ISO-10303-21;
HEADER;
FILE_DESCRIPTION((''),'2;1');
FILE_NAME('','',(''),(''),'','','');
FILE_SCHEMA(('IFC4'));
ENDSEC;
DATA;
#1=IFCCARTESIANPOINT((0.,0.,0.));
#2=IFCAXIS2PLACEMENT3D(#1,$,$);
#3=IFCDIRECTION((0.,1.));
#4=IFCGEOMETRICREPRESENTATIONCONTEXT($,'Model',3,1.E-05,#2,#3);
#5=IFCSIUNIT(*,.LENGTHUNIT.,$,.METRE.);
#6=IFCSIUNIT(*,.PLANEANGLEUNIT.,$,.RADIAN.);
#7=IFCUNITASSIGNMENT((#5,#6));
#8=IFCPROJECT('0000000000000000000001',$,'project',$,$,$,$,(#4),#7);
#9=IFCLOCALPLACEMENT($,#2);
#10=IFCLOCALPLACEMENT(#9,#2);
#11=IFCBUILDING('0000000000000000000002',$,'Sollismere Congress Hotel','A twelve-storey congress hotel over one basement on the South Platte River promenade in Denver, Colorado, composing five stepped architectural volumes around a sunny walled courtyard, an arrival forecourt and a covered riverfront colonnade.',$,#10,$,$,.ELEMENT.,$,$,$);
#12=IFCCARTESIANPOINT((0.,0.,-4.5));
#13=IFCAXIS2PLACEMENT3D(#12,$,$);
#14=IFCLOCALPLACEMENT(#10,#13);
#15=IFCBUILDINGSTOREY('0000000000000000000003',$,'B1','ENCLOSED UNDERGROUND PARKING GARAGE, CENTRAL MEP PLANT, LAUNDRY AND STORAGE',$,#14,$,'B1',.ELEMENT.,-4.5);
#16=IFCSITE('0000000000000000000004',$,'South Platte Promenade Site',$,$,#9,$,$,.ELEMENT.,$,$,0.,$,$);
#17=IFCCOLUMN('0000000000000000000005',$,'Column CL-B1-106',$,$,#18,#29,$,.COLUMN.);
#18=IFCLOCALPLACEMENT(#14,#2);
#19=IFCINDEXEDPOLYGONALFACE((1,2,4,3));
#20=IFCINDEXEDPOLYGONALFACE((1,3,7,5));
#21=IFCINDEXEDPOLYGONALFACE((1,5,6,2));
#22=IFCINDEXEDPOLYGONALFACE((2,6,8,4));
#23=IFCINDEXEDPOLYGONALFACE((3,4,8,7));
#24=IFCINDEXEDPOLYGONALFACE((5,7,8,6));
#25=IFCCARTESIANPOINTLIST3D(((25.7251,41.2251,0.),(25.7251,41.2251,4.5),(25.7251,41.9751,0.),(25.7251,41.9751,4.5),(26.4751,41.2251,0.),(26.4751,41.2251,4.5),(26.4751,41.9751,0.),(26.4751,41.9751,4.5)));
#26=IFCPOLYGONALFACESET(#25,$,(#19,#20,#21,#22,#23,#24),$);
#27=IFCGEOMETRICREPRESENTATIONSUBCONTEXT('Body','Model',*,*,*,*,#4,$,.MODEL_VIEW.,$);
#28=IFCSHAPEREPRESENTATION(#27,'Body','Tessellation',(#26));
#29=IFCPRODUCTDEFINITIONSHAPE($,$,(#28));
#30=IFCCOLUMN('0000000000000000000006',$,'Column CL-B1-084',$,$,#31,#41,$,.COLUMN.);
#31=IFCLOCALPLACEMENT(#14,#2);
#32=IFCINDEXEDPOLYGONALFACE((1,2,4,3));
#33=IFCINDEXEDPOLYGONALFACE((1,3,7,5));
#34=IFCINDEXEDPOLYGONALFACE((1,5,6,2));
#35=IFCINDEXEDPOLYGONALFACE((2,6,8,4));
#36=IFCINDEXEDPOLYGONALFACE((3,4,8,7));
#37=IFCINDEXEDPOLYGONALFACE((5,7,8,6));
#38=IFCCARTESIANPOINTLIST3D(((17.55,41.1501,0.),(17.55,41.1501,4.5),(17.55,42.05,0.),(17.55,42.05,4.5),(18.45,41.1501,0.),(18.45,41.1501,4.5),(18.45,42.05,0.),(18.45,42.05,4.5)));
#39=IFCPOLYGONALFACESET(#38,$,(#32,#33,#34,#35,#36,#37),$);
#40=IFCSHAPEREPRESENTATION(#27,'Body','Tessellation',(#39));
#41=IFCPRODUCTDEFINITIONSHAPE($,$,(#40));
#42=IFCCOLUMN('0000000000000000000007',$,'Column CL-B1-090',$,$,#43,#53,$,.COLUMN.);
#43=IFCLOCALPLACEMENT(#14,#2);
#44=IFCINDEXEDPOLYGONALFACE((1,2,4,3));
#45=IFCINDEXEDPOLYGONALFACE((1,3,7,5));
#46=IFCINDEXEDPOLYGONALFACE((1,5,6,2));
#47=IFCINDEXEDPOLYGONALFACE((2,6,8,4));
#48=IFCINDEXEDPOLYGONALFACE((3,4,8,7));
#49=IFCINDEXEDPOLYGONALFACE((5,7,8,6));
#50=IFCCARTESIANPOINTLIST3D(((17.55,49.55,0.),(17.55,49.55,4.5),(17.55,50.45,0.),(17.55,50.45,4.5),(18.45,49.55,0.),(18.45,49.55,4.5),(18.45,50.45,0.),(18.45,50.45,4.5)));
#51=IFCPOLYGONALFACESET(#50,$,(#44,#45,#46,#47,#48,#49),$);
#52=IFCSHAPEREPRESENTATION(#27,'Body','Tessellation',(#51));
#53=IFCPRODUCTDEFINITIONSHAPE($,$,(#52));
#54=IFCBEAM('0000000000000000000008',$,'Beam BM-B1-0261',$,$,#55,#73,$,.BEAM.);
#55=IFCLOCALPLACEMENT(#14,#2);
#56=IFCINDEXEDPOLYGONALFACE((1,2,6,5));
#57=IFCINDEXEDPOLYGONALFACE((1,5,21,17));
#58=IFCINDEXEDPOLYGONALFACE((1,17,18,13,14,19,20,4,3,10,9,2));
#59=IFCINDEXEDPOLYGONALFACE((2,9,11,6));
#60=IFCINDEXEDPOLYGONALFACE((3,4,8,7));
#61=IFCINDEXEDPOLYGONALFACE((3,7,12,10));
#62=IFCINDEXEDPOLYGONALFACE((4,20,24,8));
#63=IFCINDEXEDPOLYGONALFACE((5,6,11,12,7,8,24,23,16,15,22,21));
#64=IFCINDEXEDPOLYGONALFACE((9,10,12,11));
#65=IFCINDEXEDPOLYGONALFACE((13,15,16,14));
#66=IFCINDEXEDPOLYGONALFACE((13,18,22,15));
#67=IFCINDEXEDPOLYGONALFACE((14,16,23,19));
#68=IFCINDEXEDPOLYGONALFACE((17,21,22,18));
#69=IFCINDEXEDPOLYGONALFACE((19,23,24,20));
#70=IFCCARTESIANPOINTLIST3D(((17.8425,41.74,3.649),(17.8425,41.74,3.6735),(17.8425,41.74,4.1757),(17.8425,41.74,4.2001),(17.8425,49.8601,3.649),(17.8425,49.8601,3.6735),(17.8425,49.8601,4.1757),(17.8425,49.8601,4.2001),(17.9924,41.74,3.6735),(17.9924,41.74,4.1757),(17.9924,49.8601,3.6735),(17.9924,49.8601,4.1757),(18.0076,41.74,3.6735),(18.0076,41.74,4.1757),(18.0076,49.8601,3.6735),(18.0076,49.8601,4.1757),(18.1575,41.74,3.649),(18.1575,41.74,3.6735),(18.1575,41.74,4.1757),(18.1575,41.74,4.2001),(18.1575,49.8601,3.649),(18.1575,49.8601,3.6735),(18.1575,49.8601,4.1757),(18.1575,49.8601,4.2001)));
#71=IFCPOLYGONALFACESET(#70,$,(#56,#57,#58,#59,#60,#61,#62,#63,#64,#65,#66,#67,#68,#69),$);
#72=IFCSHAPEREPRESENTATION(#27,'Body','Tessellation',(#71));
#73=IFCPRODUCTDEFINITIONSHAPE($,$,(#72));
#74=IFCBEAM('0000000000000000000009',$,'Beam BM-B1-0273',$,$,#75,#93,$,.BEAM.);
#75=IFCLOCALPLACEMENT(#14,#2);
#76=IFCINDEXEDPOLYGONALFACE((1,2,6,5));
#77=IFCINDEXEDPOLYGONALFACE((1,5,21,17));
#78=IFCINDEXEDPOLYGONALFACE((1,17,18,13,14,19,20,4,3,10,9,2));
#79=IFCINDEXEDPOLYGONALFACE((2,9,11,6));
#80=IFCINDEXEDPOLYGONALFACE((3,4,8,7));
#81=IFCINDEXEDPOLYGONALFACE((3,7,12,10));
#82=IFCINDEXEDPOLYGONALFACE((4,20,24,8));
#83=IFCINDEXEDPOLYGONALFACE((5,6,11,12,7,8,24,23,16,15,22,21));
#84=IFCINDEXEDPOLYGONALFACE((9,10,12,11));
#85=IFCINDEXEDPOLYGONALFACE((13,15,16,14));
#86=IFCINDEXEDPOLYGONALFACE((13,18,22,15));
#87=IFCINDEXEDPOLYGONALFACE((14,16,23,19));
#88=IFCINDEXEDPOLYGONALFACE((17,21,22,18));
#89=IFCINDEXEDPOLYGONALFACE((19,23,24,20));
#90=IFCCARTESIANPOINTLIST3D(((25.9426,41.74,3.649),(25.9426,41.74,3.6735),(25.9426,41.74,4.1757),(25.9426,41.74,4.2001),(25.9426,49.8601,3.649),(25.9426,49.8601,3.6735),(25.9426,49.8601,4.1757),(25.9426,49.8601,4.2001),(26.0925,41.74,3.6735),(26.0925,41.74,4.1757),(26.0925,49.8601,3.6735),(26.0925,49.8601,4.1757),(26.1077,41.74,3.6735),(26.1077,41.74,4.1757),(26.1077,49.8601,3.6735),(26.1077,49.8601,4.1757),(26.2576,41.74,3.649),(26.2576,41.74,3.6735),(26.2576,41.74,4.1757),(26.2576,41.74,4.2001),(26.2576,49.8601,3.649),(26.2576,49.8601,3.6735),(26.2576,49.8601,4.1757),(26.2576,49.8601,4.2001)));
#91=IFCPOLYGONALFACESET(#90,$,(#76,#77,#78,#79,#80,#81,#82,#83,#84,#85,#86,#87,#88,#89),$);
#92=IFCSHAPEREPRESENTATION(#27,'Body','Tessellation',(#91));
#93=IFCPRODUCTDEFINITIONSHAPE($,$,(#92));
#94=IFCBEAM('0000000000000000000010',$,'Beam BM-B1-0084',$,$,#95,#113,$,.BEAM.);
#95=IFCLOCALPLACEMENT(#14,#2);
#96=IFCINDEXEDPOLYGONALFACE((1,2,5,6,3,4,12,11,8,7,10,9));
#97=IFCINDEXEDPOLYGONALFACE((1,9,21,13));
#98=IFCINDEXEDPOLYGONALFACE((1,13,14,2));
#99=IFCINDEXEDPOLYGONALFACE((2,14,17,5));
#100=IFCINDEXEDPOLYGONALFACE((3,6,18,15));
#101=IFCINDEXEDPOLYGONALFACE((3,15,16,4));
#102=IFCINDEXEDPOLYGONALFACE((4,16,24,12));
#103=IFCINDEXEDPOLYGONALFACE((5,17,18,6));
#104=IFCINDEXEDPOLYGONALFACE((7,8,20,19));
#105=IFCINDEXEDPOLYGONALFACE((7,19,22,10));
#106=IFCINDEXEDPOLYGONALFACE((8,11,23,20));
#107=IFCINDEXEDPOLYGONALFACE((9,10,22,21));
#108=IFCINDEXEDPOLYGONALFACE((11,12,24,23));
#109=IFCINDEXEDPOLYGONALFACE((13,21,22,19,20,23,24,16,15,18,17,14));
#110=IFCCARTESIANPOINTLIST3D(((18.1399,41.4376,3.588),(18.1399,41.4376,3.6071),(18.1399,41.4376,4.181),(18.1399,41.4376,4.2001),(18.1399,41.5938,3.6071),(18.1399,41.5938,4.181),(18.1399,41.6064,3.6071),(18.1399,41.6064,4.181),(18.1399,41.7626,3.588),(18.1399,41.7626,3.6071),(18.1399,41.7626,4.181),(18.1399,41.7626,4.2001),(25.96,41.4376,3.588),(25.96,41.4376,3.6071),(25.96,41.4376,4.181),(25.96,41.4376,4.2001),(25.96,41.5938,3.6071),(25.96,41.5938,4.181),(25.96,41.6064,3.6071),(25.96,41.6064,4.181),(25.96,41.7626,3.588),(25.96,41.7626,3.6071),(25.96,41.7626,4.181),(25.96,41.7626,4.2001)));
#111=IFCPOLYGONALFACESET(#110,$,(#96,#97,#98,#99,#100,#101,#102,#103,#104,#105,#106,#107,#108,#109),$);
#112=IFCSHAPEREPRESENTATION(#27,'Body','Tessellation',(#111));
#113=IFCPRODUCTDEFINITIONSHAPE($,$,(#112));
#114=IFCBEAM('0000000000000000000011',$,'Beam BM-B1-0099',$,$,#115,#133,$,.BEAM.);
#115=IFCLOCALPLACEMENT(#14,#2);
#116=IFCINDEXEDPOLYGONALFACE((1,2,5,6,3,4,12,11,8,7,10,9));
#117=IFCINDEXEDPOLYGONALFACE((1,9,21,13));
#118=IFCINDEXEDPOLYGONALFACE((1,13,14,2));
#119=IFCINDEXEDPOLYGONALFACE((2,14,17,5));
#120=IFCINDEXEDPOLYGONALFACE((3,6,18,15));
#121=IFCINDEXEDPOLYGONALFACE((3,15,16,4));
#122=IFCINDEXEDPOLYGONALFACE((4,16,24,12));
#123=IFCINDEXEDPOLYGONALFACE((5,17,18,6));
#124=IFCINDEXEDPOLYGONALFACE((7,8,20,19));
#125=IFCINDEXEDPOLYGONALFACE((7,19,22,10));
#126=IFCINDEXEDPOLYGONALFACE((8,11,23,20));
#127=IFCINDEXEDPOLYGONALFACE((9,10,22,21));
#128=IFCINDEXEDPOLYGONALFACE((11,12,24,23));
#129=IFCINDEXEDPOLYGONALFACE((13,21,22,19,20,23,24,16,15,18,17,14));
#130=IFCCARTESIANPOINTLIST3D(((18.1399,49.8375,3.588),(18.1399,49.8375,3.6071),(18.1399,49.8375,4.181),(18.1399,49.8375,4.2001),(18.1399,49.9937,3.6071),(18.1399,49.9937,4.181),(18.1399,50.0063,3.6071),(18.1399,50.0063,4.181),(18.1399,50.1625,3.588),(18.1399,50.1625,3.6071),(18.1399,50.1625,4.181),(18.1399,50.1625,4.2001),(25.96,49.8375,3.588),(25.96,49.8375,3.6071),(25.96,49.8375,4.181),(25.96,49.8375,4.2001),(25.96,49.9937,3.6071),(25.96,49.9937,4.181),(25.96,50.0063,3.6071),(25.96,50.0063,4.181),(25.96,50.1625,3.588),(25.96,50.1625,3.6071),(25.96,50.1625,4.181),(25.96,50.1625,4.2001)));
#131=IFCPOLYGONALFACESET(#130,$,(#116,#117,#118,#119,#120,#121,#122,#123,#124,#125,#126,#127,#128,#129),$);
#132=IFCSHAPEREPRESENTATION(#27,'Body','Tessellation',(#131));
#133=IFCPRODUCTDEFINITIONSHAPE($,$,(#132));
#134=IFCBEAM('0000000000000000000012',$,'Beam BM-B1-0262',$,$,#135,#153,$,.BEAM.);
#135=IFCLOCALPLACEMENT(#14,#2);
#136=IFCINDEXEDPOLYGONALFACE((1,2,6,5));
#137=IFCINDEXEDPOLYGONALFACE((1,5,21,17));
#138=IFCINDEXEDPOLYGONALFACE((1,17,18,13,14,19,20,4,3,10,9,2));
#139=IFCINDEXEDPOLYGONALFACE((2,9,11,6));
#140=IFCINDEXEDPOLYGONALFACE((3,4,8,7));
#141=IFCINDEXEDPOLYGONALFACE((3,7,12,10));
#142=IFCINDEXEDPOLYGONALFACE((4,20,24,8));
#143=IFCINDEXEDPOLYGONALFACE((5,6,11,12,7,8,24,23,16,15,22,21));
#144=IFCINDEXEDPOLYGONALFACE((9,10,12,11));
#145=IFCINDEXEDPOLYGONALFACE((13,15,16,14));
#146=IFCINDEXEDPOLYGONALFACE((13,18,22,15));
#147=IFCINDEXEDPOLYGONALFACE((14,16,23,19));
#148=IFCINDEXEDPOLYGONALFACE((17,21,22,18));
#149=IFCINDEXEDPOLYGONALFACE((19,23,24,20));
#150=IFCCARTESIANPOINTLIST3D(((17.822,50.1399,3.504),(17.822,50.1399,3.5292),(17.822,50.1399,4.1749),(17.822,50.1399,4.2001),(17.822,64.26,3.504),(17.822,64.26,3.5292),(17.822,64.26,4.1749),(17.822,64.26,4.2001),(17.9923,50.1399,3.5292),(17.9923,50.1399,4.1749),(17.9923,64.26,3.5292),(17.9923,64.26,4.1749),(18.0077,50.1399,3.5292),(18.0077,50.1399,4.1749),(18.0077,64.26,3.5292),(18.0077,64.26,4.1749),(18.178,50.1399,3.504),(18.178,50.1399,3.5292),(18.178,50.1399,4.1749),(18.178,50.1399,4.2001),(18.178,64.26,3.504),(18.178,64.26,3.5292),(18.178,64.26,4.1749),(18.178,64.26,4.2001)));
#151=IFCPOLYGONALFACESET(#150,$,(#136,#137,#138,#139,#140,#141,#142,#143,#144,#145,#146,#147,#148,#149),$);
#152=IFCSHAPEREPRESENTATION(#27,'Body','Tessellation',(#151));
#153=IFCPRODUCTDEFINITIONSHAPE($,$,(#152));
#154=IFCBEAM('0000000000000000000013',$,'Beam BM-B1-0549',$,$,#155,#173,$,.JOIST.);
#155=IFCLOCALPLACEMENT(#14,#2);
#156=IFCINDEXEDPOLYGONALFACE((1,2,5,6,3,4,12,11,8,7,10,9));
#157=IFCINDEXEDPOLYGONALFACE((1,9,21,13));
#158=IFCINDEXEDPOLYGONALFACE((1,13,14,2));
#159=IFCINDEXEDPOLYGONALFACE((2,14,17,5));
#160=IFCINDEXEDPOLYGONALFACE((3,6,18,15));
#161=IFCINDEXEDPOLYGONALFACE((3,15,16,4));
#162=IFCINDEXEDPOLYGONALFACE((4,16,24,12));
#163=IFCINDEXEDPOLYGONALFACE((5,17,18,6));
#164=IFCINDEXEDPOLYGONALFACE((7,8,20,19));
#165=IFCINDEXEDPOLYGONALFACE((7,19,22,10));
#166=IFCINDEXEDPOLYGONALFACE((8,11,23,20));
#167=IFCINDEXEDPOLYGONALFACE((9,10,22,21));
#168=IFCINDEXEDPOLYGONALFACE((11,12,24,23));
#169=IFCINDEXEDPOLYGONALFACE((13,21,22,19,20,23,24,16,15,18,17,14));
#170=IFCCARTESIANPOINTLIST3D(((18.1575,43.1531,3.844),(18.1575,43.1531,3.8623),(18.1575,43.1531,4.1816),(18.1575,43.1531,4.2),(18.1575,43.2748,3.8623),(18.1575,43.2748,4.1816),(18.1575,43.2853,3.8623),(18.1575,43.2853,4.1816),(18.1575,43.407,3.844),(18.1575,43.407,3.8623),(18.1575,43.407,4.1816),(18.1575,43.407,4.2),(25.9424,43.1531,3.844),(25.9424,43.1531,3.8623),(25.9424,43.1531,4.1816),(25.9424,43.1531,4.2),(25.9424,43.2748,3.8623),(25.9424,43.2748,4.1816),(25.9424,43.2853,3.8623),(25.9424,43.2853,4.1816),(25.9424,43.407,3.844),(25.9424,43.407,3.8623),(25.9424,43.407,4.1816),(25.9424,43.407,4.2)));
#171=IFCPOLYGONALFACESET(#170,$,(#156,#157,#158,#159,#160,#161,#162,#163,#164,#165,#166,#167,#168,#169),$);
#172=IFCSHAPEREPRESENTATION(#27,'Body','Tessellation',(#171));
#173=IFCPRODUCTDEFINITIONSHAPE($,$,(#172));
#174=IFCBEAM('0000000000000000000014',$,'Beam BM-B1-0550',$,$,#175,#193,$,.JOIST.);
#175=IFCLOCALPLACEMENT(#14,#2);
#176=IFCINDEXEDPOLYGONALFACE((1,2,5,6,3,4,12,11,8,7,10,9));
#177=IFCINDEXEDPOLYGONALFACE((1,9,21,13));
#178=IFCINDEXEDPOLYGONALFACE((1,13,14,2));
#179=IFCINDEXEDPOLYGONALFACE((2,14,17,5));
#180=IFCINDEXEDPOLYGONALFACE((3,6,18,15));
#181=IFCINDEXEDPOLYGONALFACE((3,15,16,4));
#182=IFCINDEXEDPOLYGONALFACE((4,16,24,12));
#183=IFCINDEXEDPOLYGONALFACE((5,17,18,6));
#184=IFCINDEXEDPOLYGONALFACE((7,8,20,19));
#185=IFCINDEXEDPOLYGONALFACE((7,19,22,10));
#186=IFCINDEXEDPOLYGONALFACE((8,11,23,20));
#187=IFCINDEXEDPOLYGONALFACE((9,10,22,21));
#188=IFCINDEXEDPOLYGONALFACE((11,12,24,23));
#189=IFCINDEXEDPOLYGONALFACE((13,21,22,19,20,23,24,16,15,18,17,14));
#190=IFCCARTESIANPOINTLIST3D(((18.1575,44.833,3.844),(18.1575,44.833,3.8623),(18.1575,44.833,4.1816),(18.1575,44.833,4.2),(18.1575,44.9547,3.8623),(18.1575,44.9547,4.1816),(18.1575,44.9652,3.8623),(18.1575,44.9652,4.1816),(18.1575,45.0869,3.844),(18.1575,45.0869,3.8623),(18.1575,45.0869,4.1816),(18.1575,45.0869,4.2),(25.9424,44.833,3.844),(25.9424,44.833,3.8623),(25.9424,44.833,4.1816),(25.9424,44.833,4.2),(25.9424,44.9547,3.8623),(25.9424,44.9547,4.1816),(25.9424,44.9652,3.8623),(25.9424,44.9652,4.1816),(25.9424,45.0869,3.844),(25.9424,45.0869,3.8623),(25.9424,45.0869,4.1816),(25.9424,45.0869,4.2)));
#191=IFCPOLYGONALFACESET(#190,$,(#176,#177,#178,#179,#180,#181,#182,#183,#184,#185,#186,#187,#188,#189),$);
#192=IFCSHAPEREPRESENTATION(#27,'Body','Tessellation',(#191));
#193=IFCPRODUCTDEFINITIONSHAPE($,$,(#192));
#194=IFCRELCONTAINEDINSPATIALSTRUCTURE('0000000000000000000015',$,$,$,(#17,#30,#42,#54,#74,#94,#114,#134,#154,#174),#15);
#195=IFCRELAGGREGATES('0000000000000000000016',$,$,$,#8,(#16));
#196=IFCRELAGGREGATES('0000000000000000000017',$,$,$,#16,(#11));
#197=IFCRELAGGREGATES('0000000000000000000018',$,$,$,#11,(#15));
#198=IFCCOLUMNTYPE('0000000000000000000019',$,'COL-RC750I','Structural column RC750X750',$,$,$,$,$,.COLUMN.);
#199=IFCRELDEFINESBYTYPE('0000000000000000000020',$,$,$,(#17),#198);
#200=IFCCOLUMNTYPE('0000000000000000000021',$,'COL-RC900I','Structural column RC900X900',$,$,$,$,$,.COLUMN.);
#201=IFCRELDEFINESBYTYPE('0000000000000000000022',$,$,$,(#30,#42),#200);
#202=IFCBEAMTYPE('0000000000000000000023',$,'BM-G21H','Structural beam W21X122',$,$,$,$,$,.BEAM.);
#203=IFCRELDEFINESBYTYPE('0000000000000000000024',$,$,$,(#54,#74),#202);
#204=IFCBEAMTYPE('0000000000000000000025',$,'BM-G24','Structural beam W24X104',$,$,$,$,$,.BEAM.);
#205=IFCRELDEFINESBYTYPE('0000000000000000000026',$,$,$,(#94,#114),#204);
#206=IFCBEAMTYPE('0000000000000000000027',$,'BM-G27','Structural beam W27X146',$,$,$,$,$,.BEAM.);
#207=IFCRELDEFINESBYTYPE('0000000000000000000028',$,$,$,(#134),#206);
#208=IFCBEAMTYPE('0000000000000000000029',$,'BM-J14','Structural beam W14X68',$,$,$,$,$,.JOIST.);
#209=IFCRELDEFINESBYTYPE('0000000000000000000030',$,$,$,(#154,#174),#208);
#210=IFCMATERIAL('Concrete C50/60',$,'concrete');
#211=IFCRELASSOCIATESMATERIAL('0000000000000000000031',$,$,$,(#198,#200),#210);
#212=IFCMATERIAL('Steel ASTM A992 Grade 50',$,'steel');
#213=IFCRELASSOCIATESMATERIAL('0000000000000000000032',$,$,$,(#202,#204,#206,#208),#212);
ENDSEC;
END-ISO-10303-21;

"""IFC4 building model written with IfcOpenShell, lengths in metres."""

from ifc_helpers import new_model, si_unit, direction, frame, origin, origin_2d, place, context, subcontext, project, spatial, rectangle, i_section, extrude, material, material_profile, profile_set, type_object, element, save


model = new_model("IFC4")

# Units and contexts
model_context = context("Model", 3, precision=1e-05, world=origin(), true_north=direction((0.0, 1.0)))
body_context = subcontext(model_context, "Body", "Model", "MODEL_VIEW")
ifc_project = project(units=[si_unit("LENGTHUNIT", "METRE"), si_unit("PLANEANGLEUNIT", "RADIAN")], contexts=[model_context])

# Site, building, storey
site_placement = place(None, origin())
site = spatial("IfcSite", under=ifc_project, at=site_placement, Name="South Platte Promenade Site", CompositionType="ELEMENT", RefElevation=0.0)
building_placement = place(site_placement, origin())
building = spatial("IfcBuilding", under=site, at=building_placement, Name="Sollismere Congress Hotel", Description="A twelve-storey congress hotel over one basement on the South Platte River promenade in Denver, Colorado, composing five stepped architectural volumes around a sunny walled courtyard, an arrival forecourt and a covered riverfront colonnade.", CompositionType="ELEMENT")
storey_placement = place(building_placement, frame((0.0, 0.0, -4.5)))
storey = spatial("IfcBuildingStorey", under=building, at=storey_placement, Name="B1", Description="ENCLOSED UNDERGROUND PARKING GARAGE, CENTRAL MEP PLANT, LAUNDRY AND STORAGE", LongName="B1", CompositionType="ELEMENT", Elevation=-4.5)

# Columns
ifc_material_1 = material(Name="Concrete C50/60", Category="concrete")
ifc_material_profile_1 = material_profile(ifc_material_1, rectangle(XDim=0.75, YDim=0.75, at=origin_2d()), Name="RC750X750")
ifc_profile_set_1 = profile_set([ifc_material_profile_1], Name="Concrete C50/60")
column_type_1 = type_object("IfcColumnType", Name="COL-RC750I", Description="Structural column RC750X750", PredefinedType="COLUMN", material=ifc_profile_set_1)
column_placement = place(storey_placement, frame((26.1001, 41.6001, 0.0), z_axis=(0.0, 0.0, 1.0), x_axis=(1.0, 0.0, 0.0)))
element("IfcColumn", 1, at=column_placement, inside=storey, type_object=column_type_1, Name="Column CL-B1-106", PredefinedType="COLUMN", context=body_context, shape_type="SweptSolid", body=[
    extrude(rectangle(XDim=0.75, YDim=0.75, at=origin_2d()), origin(), (0.0, 0.0, 1.0), 4.5),
])
ifc_material_profile_2 = material_profile(ifc_material_1, rectangle(XDim=0.8999, YDim=0.8999, at=origin_2d()), Name="RC900X900")
ifc_profile_set_2 = profile_set([ifc_material_profile_2], Name="Concrete C50/60")
column_type_2 = type_object("IfcColumnType", Name="COL-RC900I", Description="Structural column RC900X900", PredefinedType="COLUMN", material=ifc_profile_set_2)
for number, where, z_axis, x_axis, name in (
    (2, (18.0, 41.6001, 0.0), (0.0, 0.0, 1.0), (1.0, 0.0, 0.0), "Column CL-B1-084"),
    (3, (18.0, 50.0, 0.0), (0.0, 0.0, 1.0), (1.0, 0.0, 0.0), "Column CL-B1-090"),
):
    element("IfcColumn", number, at=place(storey_placement, frame(where, z_axis=z_axis, x_axis=x_axis)), inside=storey, type_object=column_type_2, Name=name, PredefinedType="COLUMN", context=body_context, shape_type="SweptSolid", body=[
        extrude(rectangle(XDim=0.8999, YDim=0.8999, at=origin_2d()), origin(), (0.0, 0.0, 1.0), 4.5),
    ])

# Beams
ifc_material_2 = material(Name="Steel ASTM A992 Grade 50", Category="steel")
ifc_material_profile_3 = material_profile(ifc_material_2, i_section(OverallWidth=0.3149, OverallDepth=0.551, WebThickness=0.0151, FlangeThickness=0.0244, at=origin_2d()), Name="W21X122")
ifc_profile_set_3 = profile_set([ifc_material_profile_3], Name="Steel ASTM A992 Grade 50")
beam_type_1 = type_object("IfcBeamType", Name="BM-G21H", Description="Structural beam W21X122", PredefinedType="BEAM", material=ifc_profile_set_3)
for number, where, z_axis, x_axis, name in (
    (4, (18.0, 41.74, 3.9246), (0.0, 1.0, 0.0), (-1.0, 0.0, 0.0), "Beam BM-B1-0261"),
    (5, (26.1001, 41.74, 3.9246), (0.0, 1.0, 0.0), (-1.0, 0.0, 0.0), "Beam BM-B1-0273"),
):
    element("IfcBeam", number, at=place(storey_placement, frame(where, z_axis=z_axis, x_axis=x_axis)), inside=storey, type_object=beam_type_1, Name=name, PredefinedType="BEAM", context=body_context, shape_type="SweptSolid", body=[
        extrude(i_section(OverallWidth=0.3149, OverallDepth=0.551, WebThickness=0.0151, FlangeThickness=0.0244, at=origin_2d()), origin(), (0.0, 0.0, 1.0), 8.1201),
    ])
ifc_material_profile_4 = material_profile(ifc_material_2, i_section(OverallWidth=0.325, OverallDepth=0.6121, WebThickness=0.0127, FlangeThickness=0.019, at=origin_2d()), Name="W24X104")
ifc_profile_set_4 = profile_set([ifc_material_profile_4], Name="Steel ASTM A992 Grade 50")
beam_type_2 = type_object("IfcBeamType", Name="BM-G24", Description="Structural beam W24X104", PredefinedType="BEAM", material=ifc_profile_set_4)
for number, where, z_axis, x_axis, name in (
    (6, (18.1399, 41.6001, 3.894), (1.0, 0.0, 0.0), (0.0, 1.0, 0.0), "Beam BM-B1-0084"),
    (7, (18.1399, 50.0, 3.894), (1.0, 0.0, 0.0), (0.0, 1.0, 0.0), "Beam BM-B1-0099"),
):
    element("IfcBeam", number, at=place(storey_placement, frame(where, z_axis=z_axis, x_axis=x_axis)), inside=storey, type_object=beam_type_2, Name=name, PredefinedType="BEAM", context=body_context, shape_type="SweptSolid", body=[
        extrude(i_section(OverallWidth=0.325, OverallDepth=0.6121, WebThickness=0.0127, FlangeThickness=0.019, at=origin_2d()), origin(), (0.0, 0.0, 1.0), 7.8201),
    ])
ifc_material_profile_5 = material_profile(ifc_material_2, i_section(OverallWidth=0.356, OverallDepth=0.696, WebThickness=0.0154, FlangeThickness=0.0251, at=origin_2d()), Name="W27X146")
ifc_profile_set_5 = profile_set([ifc_material_profile_5], Name="Steel ASTM A992 Grade 50")
beam_type_3 = type_object("IfcBeamType", Name="BM-G27", Description="Structural beam W27X146", PredefinedType="BEAM", material=ifc_profile_set_5)
beam_placement = place(storey_placement, frame((18.0, 50.1399, 3.8521), z_axis=(0.0, 1.0, 0.0), x_axis=(-1.0, 0.0, 0.0)))
element("IfcBeam", 8, at=beam_placement, inside=storey, type_object=beam_type_3, Name="Beam BM-B1-0262", PredefinedType="BEAM", context=body_context, shape_type="SweptSolid", body=[
    extrude(i_section(OverallWidth=0.356, OverallDepth=0.696, WebThickness=0.0154, FlangeThickness=0.0251, at=origin_2d()), origin(), (0.0, 0.0, 1.0), 14.1201),
])
ifc_material_profile_6 = material_profile(ifc_material_2, i_section(OverallWidth=0.2539, OverallDepth=0.356, WebThickness=0.0105, FlangeThickness=0.0183, at=origin_2d()), Name="W14X68")
ifc_profile_set_6 = profile_set([ifc_material_profile_6], Name="Steel ASTM A992 Grade 50")
beam_type_4 = type_object("IfcBeamType", Name="BM-J14", Description="Structural beam W14X68", PredefinedType="JOIST", material=ifc_profile_set_6)
for number, where, z_axis, x_axis, name in (
    (9, (18.1575, 43.28, 4.022), (1.0, 0.0, 0.0), (0.0, 1.0, 0.0), "Beam BM-B1-0549"),
    (10, (18.1575, 44.96, 4.022), (1.0, 0.0, 0.0), (0.0, 1.0, 0.0), "Beam BM-B1-0550"),
):
    element("IfcBeam", number, at=place(storey_placement, frame(where, z_axis=z_axis, x_axis=x_axis)), inside=storey, type_object=beam_type_4, Name=name, PredefinedType="JOIST", context=body_context, shape_type="SweptSolid", body=[
        extrude(i_section(OverallWidth=0.2539, OverallDepth=0.356, WebThickness=0.0105, FlangeThickness=0.0183, at=origin_2d()), origin(), (0.0, 0.0, 1.0), 7.7849),
    ])

save(model, "model.ifc")
